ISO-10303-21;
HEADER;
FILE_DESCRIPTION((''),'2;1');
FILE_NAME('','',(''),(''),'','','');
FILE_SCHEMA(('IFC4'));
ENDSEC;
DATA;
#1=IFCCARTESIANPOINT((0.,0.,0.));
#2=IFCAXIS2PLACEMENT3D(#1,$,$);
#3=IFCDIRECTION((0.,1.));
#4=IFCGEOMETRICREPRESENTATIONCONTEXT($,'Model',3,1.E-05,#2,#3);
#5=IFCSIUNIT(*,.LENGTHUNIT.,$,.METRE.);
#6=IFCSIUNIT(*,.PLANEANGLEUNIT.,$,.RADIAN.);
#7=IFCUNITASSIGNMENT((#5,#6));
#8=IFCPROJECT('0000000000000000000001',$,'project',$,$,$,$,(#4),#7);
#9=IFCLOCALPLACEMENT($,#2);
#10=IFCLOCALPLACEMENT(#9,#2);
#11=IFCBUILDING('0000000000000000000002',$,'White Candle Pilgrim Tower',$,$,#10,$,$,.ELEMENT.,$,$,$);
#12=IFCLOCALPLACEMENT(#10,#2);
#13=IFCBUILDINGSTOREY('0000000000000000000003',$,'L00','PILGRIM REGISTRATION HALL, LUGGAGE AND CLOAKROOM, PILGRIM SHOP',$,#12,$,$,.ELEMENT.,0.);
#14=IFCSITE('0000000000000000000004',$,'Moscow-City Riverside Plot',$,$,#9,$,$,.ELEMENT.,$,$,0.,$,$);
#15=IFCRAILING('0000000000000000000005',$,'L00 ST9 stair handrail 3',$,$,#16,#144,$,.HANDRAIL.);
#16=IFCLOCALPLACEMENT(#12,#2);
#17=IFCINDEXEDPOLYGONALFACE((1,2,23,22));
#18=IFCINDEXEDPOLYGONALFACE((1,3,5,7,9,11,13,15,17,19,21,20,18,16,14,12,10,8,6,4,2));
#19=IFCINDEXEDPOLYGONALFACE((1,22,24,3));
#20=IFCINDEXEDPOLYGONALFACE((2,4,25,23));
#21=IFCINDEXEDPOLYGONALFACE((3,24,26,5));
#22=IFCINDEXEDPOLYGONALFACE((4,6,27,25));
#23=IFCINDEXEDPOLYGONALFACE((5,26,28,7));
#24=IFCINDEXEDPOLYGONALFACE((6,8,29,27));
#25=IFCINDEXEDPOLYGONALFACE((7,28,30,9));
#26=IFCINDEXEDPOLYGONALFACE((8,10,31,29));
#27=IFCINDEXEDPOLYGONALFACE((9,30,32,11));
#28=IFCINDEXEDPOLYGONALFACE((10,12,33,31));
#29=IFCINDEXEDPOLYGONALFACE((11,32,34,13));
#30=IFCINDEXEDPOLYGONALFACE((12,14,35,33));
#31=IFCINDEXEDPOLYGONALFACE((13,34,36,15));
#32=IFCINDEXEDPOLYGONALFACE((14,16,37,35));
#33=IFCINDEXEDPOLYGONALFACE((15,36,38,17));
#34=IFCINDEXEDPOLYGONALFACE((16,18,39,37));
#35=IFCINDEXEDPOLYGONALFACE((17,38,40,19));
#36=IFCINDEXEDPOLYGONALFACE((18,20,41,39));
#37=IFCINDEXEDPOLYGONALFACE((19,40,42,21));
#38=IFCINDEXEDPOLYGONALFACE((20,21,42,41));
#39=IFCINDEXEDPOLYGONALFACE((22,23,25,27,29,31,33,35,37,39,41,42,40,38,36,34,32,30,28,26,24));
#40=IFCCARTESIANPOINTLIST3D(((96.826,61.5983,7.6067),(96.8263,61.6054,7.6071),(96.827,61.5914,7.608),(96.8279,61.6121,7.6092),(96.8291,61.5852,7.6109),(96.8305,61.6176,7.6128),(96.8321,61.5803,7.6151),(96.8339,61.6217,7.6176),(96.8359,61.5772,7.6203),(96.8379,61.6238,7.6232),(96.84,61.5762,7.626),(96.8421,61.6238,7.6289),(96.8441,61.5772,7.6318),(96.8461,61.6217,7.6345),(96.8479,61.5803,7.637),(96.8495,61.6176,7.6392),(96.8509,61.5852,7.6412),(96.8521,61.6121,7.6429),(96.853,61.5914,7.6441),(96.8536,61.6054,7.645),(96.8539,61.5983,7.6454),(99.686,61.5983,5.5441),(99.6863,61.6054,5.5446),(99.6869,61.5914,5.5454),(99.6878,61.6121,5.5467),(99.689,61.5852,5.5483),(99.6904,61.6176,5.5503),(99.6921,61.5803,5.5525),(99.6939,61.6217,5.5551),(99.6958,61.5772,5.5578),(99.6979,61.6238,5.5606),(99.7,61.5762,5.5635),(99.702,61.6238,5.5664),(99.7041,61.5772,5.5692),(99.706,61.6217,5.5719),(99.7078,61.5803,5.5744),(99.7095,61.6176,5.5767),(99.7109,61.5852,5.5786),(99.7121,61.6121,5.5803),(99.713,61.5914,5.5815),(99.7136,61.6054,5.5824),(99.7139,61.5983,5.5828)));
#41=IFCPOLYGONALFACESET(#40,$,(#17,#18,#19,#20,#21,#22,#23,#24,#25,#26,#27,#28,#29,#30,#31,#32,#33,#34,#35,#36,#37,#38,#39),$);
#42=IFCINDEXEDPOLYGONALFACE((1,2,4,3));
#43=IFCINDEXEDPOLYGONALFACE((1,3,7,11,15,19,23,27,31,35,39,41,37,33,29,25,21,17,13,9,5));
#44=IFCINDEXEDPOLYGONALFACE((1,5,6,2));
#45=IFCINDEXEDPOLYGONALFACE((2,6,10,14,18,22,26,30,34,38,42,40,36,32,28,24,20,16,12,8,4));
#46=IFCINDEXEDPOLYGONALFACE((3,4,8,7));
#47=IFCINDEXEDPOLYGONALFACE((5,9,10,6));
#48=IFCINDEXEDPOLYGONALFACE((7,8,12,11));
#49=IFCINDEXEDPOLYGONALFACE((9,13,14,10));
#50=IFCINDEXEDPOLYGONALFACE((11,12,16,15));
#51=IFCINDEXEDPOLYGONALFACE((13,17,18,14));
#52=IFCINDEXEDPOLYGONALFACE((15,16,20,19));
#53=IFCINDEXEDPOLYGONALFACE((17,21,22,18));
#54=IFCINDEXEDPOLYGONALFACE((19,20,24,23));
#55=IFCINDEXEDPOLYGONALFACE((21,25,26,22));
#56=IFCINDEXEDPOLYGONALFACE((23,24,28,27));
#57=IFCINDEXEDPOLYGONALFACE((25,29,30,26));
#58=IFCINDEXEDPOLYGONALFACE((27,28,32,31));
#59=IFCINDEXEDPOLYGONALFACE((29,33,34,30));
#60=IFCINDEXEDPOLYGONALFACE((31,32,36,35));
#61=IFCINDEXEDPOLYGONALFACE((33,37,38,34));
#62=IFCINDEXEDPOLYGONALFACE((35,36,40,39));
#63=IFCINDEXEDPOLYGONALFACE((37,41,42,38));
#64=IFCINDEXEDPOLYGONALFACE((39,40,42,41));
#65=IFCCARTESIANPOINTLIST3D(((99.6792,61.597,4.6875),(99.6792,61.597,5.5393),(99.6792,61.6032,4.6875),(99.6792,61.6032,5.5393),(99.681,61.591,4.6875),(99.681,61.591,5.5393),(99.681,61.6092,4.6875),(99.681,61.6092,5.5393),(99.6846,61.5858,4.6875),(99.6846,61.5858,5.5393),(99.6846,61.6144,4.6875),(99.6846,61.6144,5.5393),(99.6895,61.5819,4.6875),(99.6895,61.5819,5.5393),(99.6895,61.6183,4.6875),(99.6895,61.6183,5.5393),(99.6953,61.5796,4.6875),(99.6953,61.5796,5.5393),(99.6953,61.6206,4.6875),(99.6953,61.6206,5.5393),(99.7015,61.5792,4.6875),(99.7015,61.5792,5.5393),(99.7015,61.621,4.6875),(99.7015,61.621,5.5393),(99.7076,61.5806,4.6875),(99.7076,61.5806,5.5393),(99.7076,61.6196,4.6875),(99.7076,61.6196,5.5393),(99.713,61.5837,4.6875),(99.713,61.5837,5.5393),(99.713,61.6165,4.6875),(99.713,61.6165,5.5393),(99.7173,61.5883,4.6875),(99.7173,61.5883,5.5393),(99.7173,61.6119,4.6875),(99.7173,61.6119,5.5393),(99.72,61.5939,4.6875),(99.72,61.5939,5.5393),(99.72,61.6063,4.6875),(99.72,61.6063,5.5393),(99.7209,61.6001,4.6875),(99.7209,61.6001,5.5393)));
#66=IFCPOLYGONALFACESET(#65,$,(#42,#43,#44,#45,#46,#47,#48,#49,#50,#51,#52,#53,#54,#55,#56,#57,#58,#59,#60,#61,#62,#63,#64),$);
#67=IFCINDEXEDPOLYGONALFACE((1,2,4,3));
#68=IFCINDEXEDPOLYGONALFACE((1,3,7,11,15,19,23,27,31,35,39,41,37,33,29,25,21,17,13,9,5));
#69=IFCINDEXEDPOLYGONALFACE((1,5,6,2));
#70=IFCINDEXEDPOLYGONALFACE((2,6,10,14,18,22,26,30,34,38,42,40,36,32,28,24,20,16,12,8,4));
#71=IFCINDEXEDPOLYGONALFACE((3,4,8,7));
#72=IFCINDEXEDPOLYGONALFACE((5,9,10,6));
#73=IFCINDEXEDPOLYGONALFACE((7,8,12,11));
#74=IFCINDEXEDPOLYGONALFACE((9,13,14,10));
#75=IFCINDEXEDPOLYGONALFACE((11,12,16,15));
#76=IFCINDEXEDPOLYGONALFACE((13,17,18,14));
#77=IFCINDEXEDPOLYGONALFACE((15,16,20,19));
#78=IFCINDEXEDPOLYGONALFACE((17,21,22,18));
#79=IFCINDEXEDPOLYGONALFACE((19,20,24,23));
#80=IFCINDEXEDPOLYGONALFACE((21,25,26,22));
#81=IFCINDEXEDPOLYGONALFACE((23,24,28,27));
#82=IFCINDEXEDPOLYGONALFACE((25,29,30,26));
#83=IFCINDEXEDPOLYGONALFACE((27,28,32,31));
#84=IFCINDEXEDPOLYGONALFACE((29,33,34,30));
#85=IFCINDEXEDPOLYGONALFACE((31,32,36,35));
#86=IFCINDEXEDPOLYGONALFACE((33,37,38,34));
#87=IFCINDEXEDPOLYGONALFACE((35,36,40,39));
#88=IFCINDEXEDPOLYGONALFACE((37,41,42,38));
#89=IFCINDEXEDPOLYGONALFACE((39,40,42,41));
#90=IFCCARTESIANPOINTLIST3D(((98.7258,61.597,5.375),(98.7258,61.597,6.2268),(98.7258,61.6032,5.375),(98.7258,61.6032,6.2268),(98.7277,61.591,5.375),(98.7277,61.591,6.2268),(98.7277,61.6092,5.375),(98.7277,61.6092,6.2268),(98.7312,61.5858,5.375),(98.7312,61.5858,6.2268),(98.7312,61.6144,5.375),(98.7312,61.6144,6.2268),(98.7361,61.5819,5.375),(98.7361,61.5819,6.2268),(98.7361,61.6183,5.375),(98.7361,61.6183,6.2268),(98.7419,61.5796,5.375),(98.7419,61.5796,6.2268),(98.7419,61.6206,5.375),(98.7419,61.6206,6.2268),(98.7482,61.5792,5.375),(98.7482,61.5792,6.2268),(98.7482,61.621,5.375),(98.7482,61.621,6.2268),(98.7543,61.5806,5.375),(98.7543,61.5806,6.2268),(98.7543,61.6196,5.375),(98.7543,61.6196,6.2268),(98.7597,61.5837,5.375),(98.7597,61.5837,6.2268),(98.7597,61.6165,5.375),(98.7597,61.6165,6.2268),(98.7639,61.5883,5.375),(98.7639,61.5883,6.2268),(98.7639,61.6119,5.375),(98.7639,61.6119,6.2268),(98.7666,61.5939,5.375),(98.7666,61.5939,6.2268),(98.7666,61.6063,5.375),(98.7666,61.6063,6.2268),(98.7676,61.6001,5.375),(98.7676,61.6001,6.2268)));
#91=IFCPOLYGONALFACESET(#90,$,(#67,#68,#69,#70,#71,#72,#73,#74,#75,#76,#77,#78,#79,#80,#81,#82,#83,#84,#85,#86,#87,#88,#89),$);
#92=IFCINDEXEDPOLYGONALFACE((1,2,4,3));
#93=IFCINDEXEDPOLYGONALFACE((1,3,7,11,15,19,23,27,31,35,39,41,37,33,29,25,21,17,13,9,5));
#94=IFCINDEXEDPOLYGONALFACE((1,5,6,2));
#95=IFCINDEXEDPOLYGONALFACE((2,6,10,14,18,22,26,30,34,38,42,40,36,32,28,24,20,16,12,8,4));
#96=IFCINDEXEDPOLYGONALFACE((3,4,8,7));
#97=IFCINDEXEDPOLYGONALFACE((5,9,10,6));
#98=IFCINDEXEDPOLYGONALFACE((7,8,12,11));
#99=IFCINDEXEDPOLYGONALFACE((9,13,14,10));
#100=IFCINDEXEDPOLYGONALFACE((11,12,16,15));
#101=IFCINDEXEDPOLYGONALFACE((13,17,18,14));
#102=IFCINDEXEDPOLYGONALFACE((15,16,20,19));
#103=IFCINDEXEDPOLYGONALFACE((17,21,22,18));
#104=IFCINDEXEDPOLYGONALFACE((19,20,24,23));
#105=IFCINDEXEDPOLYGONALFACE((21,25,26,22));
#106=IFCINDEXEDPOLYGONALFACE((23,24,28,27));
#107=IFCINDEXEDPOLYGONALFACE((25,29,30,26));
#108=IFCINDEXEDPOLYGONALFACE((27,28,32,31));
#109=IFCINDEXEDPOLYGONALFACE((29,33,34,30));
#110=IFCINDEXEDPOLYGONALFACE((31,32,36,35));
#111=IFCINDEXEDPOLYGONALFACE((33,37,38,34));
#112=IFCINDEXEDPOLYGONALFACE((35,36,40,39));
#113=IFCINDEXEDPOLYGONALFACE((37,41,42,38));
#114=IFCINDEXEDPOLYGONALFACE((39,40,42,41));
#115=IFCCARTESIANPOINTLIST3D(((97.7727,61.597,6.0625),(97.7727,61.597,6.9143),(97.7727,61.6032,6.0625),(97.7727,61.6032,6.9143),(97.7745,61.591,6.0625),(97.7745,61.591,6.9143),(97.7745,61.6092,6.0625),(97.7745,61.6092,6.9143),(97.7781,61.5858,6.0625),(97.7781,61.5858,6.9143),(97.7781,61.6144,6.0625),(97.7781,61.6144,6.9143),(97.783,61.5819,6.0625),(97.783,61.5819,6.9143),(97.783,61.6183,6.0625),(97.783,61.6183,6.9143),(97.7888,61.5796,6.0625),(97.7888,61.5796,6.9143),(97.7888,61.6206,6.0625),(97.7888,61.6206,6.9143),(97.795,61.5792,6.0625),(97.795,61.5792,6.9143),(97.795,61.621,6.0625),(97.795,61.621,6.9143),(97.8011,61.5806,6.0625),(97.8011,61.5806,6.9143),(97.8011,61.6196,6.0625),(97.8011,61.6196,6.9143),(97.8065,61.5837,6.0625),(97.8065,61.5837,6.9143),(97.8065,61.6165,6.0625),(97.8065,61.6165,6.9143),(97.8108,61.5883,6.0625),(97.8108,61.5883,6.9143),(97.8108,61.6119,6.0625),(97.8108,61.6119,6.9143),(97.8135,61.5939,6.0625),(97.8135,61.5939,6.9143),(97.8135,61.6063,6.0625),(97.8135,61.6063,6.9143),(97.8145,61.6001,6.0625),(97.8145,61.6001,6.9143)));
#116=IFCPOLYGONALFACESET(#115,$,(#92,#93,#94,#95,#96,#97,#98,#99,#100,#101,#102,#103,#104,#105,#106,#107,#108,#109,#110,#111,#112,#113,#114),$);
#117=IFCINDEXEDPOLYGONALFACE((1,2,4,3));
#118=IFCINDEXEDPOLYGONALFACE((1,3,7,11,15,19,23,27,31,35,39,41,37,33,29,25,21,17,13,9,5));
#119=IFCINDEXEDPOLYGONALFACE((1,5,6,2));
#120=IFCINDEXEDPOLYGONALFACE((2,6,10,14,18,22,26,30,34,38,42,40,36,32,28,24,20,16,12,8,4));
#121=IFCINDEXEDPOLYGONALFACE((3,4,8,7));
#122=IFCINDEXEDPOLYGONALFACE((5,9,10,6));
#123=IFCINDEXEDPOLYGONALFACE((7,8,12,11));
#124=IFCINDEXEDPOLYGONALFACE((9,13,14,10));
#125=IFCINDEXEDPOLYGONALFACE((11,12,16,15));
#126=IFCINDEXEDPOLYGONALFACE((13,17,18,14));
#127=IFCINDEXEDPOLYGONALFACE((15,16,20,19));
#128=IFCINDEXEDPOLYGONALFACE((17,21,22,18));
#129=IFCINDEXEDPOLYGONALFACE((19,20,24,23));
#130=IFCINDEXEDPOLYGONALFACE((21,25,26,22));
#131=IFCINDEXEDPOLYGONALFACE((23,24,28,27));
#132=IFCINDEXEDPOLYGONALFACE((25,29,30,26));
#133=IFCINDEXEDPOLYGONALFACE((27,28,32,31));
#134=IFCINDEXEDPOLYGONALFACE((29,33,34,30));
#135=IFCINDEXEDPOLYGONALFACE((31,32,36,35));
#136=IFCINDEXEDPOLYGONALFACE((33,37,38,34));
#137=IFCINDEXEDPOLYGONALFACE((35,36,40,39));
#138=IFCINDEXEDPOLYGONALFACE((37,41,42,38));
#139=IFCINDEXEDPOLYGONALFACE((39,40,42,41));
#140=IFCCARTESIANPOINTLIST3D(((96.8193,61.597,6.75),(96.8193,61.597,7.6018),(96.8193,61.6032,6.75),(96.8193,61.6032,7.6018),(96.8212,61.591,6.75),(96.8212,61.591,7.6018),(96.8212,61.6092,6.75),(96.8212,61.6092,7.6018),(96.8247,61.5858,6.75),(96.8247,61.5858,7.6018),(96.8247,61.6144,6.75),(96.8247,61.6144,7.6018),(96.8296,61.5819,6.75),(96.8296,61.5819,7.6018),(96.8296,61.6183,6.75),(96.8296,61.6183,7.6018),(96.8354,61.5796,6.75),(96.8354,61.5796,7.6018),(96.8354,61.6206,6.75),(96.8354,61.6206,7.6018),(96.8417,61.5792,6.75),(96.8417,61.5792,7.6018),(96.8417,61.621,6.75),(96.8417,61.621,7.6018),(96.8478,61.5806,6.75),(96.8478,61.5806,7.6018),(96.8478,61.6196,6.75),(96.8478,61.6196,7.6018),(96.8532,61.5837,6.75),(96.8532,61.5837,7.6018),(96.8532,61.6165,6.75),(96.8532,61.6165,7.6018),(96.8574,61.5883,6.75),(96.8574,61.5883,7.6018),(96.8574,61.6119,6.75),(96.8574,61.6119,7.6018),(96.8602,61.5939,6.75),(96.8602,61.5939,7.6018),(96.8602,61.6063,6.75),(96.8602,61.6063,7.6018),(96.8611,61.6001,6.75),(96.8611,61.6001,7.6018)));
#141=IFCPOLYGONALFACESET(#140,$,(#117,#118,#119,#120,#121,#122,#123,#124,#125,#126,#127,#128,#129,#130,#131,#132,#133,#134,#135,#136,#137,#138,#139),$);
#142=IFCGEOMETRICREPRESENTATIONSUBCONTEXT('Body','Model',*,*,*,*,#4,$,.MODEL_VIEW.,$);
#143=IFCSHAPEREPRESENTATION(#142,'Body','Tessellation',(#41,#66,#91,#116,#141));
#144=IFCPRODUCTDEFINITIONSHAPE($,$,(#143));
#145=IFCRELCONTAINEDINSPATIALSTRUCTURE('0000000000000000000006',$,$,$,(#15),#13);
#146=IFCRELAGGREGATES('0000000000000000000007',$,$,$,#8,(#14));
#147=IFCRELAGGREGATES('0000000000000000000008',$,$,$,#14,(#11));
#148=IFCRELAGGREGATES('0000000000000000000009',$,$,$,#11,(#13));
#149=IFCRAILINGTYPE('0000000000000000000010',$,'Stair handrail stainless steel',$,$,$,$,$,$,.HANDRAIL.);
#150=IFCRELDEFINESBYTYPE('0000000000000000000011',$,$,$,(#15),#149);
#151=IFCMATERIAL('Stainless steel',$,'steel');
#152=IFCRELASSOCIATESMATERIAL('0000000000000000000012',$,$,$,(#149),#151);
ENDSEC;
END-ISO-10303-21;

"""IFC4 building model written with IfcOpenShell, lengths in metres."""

from ifc_helpers import new_model, si_unit, direction, frame, origin, origin_2d, place, context, subcontext, project, spatial, circle, extrude, material, type_object, element, save


model = new_model("IFC4")

# Units and contexts
model_context = context("Model", 3, precision=1e-05, world=origin(), true_north=direction((0.0, 1.0)))
body_context = subcontext(model_context, "Body", "Model", "MODEL_VIEW")
ifc_project = project(units=[si_unit("LENGTHUNIT", "METRE"), si_unit("PLANEANGLEUNIT", "RADIAN")], contexts=[model_context])

# Site, building, storey
site_placement = place(None, origin())
site = spatial("IfcSite", under=ifc_project, at=site_placement, Name="Moscow-City Riverside Plot", CompositionType="ELEMENT", RefElevation=0.0)
building_placement = place(site_placement, origin())
building = spatial("IfcBuilding", under=site, at=building_placement, Name="White Candle Pilgrim Tower", CompositionType="ELEMENT")
storey_placement = place(building_placement, origin())
storey = spatial("IfcBuildingStorey", under=building, at=storey_placement, Name="L00", Description="PILGRIM REGISTRATION HALL, LUGGAGE AND CLOAKROOM, PILGRIM SHOP", CompositionType="ELEMENT", Elevation=0.0)

# Railing
ifc_material_1 = material(Name="Stainless steel", Category="steel")
railing_type_1 = type_object("IfcRailingType", Name="Stair handrail stainless steel", PredefinedType="HANDRAIL", material=ifc_material_1)
railing_1_placement = place(storey_placement, frame((99.7, 61.6001, 4.6875)))
element("IfcRailing", 1, at=railing_1_placement, inside=storey, type_object=railing_type_1, Name="L00 ST9 stair handrail 3", PredefinedType="HANDRAIL", context=body_context, shape_type="SweptSolid", body=[
    extrude(circle(Radius=0.0239, at=origin_2d()), frame((0.0, 0.0, 0.876), z_axis=(-0.811077, 0.0, 0.584939), x_axis=(0.0, -1.0, 0.0)), (0.0, 0.0, 1.0), 3.5261),
    extrude(circle(Radius=0.021, at=origin_2d()), origin(), (0.0, 0.0, 1.0), 0.8518),
    extrude(circle(Radius=0.021, at=origin_2d()), frame((-0.9534, 0.0, 0.6875)), (0.0, 0.0, 1.0), 0.8518),
    extrude(circle(Radius=0.021, at=origin_2d()), frame((-1.9065, 0.0, 1.375)), (0.0, 0.0, 1.0), 0.8518),
    extrude(circle(Radius=0.021, at=origin_2d()), frame((-2.8599, 0.0, 2.0625)), (0.0, 0.0, 1.0), 0.8518),
])

save(model, "model.ifc")
